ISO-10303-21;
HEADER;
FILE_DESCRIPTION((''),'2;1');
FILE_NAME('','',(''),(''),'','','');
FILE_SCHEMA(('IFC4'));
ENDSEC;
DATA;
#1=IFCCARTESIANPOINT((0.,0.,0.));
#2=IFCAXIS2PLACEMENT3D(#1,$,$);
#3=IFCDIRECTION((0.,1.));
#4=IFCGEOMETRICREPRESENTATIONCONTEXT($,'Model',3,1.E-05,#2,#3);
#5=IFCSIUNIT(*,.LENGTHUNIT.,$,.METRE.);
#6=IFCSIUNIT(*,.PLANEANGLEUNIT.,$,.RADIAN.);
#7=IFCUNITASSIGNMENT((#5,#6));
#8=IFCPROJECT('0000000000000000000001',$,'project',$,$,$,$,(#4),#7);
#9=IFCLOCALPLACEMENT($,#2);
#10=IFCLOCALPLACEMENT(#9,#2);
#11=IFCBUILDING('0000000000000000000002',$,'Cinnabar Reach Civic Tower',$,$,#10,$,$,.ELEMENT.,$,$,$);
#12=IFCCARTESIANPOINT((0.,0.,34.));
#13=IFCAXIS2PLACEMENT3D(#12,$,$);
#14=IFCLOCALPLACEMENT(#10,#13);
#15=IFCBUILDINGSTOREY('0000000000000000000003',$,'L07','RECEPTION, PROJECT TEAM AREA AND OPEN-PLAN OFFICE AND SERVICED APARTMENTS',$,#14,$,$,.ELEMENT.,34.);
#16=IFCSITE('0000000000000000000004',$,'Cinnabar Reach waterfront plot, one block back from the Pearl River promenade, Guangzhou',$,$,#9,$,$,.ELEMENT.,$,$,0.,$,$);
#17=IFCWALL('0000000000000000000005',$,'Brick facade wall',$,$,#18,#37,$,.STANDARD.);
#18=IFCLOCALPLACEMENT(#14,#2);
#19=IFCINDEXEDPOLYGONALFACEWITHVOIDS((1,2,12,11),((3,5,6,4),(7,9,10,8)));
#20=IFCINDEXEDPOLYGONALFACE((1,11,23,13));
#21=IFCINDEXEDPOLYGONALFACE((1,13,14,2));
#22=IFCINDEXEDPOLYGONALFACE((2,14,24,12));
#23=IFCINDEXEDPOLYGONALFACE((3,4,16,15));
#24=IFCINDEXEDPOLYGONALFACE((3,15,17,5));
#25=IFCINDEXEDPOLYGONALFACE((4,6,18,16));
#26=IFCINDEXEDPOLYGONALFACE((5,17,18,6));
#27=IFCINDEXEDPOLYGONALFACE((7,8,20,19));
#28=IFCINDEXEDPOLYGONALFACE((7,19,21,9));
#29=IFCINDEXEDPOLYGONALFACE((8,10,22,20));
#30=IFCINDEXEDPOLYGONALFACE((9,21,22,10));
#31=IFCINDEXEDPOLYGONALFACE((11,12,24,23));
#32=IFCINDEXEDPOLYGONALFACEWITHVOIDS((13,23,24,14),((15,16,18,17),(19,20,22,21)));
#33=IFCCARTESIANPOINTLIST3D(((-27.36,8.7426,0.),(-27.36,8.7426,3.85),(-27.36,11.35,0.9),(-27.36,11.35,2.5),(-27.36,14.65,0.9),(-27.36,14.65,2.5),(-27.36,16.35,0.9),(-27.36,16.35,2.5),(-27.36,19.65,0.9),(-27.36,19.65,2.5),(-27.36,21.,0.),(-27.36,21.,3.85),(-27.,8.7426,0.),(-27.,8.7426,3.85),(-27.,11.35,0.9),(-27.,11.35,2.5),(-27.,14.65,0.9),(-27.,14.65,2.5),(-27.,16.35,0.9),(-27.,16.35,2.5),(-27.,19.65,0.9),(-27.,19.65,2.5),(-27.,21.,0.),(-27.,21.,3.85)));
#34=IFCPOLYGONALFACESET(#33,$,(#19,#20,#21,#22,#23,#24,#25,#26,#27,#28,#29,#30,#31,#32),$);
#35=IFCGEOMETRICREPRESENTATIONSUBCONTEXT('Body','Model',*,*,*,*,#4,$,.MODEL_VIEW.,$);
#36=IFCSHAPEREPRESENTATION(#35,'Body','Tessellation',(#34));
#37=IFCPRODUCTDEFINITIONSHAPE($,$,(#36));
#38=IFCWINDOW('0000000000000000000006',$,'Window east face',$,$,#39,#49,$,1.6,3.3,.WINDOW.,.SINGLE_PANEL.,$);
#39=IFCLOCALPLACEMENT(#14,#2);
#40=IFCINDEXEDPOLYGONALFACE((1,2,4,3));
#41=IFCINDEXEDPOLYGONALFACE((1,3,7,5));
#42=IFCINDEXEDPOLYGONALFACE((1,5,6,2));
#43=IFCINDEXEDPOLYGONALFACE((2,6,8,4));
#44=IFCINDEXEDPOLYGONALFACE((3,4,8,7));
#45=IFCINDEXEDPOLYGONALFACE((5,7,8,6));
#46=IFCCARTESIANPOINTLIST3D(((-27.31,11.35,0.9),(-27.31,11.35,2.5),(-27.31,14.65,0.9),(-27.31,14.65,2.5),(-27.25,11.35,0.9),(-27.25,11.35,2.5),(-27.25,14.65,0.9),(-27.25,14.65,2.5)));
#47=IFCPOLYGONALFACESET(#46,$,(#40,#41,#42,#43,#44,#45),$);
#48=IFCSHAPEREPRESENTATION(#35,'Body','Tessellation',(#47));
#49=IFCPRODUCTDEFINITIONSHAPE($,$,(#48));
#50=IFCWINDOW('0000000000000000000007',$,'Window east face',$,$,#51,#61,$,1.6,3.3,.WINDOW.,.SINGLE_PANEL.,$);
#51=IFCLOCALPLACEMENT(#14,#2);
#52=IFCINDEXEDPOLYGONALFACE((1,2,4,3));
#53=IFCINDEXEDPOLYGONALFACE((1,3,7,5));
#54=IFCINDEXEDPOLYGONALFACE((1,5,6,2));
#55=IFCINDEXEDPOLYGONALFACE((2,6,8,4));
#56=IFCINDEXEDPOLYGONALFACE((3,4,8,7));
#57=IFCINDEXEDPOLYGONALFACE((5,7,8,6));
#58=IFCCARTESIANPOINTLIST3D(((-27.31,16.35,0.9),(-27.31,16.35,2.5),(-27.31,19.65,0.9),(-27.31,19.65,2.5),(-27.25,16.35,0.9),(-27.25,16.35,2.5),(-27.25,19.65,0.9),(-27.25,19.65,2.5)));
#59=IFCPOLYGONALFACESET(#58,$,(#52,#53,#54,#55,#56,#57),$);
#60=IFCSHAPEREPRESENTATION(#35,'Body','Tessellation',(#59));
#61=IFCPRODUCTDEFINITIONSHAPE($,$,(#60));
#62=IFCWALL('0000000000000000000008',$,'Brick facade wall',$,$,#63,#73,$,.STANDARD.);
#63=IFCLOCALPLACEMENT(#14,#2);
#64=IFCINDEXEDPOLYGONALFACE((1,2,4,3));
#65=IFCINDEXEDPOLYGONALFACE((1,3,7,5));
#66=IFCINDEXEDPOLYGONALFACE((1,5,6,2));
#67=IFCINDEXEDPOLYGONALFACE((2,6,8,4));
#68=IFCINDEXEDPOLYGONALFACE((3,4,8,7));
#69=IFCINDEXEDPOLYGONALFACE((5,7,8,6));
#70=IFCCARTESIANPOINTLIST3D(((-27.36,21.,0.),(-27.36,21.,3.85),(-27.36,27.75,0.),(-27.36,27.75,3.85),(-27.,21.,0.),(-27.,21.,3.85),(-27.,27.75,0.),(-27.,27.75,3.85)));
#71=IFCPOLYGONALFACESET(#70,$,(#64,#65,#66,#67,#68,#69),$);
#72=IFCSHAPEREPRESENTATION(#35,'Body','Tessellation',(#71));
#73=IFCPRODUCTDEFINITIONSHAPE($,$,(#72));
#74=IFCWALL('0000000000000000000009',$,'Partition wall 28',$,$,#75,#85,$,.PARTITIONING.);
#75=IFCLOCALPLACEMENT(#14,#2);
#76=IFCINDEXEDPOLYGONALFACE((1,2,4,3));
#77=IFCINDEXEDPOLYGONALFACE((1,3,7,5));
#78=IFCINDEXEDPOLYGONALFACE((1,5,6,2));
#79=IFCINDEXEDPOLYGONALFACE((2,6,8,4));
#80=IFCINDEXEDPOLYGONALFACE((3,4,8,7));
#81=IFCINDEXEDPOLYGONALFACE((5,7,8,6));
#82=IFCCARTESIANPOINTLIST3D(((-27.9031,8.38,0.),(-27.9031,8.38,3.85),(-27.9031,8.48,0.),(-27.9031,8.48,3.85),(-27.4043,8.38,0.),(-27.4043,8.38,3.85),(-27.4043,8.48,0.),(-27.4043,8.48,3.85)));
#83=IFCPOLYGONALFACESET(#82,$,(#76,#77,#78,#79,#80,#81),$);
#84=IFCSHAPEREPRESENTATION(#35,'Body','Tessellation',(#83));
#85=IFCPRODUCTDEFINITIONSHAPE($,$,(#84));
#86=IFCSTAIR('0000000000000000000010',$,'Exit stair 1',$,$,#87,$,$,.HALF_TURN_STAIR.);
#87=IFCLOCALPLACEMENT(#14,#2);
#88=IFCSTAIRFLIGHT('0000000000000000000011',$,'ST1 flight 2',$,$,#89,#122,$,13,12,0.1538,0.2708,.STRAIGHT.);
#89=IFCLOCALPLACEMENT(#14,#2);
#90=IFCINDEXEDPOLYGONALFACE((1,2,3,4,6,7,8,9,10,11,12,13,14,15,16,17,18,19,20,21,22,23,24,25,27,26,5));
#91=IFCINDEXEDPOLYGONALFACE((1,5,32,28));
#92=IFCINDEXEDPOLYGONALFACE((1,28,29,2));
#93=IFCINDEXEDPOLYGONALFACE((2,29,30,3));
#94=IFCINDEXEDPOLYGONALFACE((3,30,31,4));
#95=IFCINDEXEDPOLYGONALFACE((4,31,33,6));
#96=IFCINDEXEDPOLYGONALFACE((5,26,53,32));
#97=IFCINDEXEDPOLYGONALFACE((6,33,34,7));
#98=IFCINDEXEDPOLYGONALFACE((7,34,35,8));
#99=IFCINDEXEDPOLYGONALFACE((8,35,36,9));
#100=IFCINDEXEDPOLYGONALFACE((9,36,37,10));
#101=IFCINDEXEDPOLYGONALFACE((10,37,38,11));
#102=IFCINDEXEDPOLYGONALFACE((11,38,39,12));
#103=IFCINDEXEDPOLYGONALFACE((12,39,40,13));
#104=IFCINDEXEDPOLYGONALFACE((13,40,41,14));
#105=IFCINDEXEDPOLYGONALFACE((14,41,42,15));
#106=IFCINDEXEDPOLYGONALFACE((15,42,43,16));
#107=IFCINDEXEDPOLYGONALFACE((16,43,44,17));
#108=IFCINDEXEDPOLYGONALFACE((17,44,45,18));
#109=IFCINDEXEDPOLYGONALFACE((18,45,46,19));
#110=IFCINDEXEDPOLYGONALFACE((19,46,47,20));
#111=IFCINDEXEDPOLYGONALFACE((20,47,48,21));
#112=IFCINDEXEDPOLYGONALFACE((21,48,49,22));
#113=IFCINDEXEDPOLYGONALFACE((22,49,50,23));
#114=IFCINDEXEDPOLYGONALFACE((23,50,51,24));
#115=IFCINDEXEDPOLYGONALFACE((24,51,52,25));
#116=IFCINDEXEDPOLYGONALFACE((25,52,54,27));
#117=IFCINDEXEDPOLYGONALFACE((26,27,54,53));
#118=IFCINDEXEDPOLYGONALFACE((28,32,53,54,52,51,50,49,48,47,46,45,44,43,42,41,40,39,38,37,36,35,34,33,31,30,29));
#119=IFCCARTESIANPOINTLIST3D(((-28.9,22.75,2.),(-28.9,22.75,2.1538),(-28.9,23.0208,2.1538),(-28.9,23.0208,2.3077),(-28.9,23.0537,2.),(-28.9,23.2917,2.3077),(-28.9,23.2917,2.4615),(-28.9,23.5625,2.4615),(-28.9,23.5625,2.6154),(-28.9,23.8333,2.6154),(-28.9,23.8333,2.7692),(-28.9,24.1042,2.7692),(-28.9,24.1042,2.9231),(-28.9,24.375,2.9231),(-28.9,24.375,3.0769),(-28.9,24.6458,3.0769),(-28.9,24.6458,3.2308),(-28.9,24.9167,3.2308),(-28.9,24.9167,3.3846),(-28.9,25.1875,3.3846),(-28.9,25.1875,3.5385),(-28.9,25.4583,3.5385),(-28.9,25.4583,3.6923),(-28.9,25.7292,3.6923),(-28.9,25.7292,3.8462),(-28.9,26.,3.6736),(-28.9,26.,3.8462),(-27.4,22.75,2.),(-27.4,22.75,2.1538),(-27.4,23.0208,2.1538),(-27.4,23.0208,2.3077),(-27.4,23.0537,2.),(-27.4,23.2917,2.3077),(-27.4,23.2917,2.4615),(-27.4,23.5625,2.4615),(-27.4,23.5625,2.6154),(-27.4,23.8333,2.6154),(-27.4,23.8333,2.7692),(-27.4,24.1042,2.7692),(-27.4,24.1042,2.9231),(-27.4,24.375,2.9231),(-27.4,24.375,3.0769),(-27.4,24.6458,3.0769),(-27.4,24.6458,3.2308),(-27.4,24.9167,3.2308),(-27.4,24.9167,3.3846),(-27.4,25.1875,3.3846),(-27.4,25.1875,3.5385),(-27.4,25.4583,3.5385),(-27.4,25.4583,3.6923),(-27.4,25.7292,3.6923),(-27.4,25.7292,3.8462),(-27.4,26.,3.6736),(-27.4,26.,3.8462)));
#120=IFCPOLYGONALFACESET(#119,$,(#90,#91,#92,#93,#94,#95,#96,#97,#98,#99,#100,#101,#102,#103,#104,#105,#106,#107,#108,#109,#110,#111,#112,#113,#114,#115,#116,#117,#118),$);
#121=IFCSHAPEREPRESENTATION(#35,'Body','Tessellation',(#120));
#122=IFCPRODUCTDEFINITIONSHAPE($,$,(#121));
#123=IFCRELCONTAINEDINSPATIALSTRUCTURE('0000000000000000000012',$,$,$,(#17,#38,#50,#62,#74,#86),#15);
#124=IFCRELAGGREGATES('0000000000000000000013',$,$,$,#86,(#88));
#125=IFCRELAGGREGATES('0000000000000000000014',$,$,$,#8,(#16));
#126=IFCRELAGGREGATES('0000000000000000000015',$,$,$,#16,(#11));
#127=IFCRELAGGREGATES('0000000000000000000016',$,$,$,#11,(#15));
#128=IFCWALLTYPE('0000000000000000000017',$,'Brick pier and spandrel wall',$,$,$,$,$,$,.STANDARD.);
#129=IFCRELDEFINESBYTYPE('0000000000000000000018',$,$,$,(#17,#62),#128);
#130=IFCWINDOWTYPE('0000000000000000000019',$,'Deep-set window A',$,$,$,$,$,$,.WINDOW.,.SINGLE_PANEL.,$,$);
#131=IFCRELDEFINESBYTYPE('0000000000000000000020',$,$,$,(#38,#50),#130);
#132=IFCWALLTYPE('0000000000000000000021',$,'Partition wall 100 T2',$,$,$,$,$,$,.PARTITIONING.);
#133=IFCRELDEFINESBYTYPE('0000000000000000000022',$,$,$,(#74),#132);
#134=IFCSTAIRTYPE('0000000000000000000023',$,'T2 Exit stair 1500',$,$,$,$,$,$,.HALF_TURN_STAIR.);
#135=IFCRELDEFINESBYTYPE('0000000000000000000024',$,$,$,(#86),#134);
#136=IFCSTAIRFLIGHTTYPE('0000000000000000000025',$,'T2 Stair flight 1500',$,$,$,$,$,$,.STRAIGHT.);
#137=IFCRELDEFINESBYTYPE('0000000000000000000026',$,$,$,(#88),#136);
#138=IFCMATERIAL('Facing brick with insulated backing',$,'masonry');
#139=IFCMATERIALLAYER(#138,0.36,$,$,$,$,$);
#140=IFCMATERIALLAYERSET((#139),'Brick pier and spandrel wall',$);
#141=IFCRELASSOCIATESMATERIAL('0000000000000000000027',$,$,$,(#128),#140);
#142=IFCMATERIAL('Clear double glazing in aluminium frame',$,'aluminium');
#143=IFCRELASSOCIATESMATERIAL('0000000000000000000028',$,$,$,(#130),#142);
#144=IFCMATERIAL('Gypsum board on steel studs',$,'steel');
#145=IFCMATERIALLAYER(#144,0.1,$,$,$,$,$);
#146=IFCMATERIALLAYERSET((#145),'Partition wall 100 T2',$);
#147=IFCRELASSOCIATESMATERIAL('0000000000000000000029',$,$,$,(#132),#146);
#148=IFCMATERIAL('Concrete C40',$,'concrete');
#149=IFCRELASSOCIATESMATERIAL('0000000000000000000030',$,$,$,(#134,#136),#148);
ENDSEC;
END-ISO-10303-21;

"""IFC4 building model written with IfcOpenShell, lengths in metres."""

from ifc_helpers import new_model, si_unit, direction, frame, frame_2d, origin, place, context, subcontext, project, spatial, polyline, rectangle, outline, extrude, material, layer, layer_set, type_object, element, fill, aggregate, save


model = new_model("IFC4")

# Units and contexts
model_context = context("Model", 3, precision=1e-05, world=origin(), true_north=direction((0.0, 1.0)))
body_context = subcontext(model_context, "Body", "Model", "MODEL_VIEW")
ifc_project = project(units=[si_unit("LENGTHUNIT", "METRE"), si_unit("PLANEANGLEUNIT", "RADIAN")], contexts=[model_context])

# Site, building, storey
site_placement = place(None, origin())
site = spatial("IfcSite", under=ifc_project, at=site_placement, Name="Cinnabar Reach waterfront plot, one block back from the Pearl River promenade, Guangzhou", CompositionType="ELEMENT", RefElevation=0.0)
building_placement = place(site_placement, origin())
building = spatial("IfcBuilding", under=site, at=building_placement, Name="Cinnabar Reach Civic Tower", CompositionType="ELEMENT")
storey_placement = place(building_placement, frame((0.0, 0.0, 34.0)))
storey = spatial("IfcBuildingStorey", under=building, at=storey_placement, Name="L07", Description="RECEPTION, PROJECT TEAM AREA AND OPEN-PLAN OFFICE AND SERVICED APARTMENTS", CompositionType="ELEMENT", Elevation=34.0)

# Shared definitions
ifc_material_1 = material(Name="Concrete C40", Category="concrete")

# Shared definitions
ifc_material_2 = material(Name="Facing brick with insulated backing", Category="masonry")

# Wall, openings, windows
ifc_layer_1 = layer(ifc_material_2, 0.36)
ifc_layer_set_1 = layer_set([ifc_layer_1], Name="Brick pier and spandrel wall")
wall_type_1 = type_object("IfcWallType", Name="Brick pier and spandrel wall", PredefinedType="STANDARD", material=ifc_layer_set_1)
wall_1_placement = place(storey_placement, frame((-27.18, 8.7426, 0.0), z_axis=(0.0, 0.0, 1.0), x_axis=(0.0, 1.0, 0.0)))
wall_1 = element("IfcWall", 1, at=wall_1_placement, inside=storey, type_object=wall_type_1, Name="Brick facade wall", PredefinedType="STANDARD", context=body_context, shape_type="SweptSolid", body=[
    extrude(rectangle(XDim=12.2574, YDim=0.36, at=frame_2d((6.1287, 0.0))), origin(), (0.0, 0.0, 1.0), 3.85),
])
opening_1_placement = place(wall_1_placement, frame((2.6074, 0.0, 0.9)))
opening_1 = element("IfcOpeningElement", 2, at=opening_1_placement, cuts=wall_1, PredefinedType="OPENING", context=body_context, shape_type="SweptSolid", body=[
    extrude(rectangle(XDim=3.3, YDim=1.6, at=frame_2d((1.65, 0.8))), frame((0.0, 0.19, 0.0), z_axis=(0.0, -1.0, 0.0), x_axis=(1.0, 0.0, 0.0)), (0.0, 0.0, 1.0), 0.38),
])
opening_2_placement = place(wall_1_placement, frame((7.6074, 0.0, 0.9)))
opening_2 = element("IfcOpeningElement", 3, at=opening_2_placement, cuts=wall_1, PredefinedType="OPENING", context=body_context, shape_type="SweptSolid", body=[
    extrude(rectangle(XDim=3.3, YDim=1.6, at=frame_2d((1.65, 0.8))), frame((0.0, 0.19, 0.0), z_axis=(0.0, -1.0, 0.0), x_axis=(1.0, 0.0, 0.0)), (0.0, 0.0, 1.0), 0.38),
])
ifc_material_3 = material(Name="Clear double glazing in aluminium frame", Category="aluminium")
window_type = type_object("IfcWindowType", Name="Deep-set window A", PartitioningType="SINGLE_PANEL", PredefinedType="WINDOW", material=ifc_material_3)
window_1_placement = place(opening_1_placement, origin())
window_1 = element("IfcWindow", 4, at=window_1_placement, inside=storey, type_object=window_type, Name="Window east face", OverallHeight=1.6, OverallWidth=3.3, PartitioningType="SINGLE_PANEL", PredefinedType="WINDOW", context=body_context, shape_type="SweptSolid", body=[
    extrude(rectangle(XDim=3.3, YDim=1.6, at=frame_2d((1.65, 0.8))), frame((0.0, 0.13, 0.0), z_axis=(0.0, -1.0, 0.0), x_axis=(1.0, 0.0, 0.0)), (0.0, 0.0, 1.0), 0.06),
])
fill(opening_1, window_1)
window_2_placement = place(opening_2_placement, origin())
window_2 = element("IfcWindow", 5, at=window_2_placement, inside=storey, type_object=window_type, Name="Window east face", OverallHeight=1.6, OverallWidth=3.3, PartitioningType="SINGLE_PANEL", PredefinedType="WINDOW", context=body_context, shape_type="SweptSolid", body=[
    extrude(rectangle(XDim=3.3, YDim=1.6, at=frame_2d((1.65, 0.8))), frame((0.0, 0.13, 0.0), z_axis=(0.0, -1.0, 0.0), x_axis=(1.0, 0.0, 0.0)), (0.0, 0.0, 1.0), 0.06),
])
fill(opening_2, window_2)

# Walls
wall_2_placement = place(storey_placement, frame((-27.18, 21.0, 0.0), z_axis=(0.0, 0.0, 1.0), x_axis=(0.0, 1.0, 0.0)))
element("IfcWall", 6, at=wall_2_placement, inside=storey, type_object=wall_type_1, Name="Brick facade wall", PredefinedType="STANDARD", context=body_context, shape_type="SweptSolid", body=[
    extrude(rectangle(XDim=6.75, YDim=0.36, at=frame_2d((3.375, 0.0))), origin(), (0.0, 0.0, 1.0), 3.85),
])
ifc_material_4 = material(Name="Gypsum board on steel studs", Category="steel")
ifc_layer_2 = layer(ifc_material_4, 0.1)
ifc_layer_set_2 = layer_set([ifc_layer_2], Name="Partition wall 100 T2")
wall_type_2 = type_object("IfcWallType", Name="Partition wall 100 T2", PredefinedType="PARTITIONING", material=ifc_layer_set_2)
wall_3_placement = place(storey_placement, frame((-27.9031, 8.43, 0.0), z_axis=(0.0, 0.0, 1.0), x_axis=(1.0, 0.0, 0.0)))
element("IfcWall", 7, at=wall_3_placement, inside=storey, type_object=wall_type_2, Name="Partition wall 28", PredefinedType="PARTITIONING", context=body_context, shape_type="SweptSolid", body=[
    extrude(rectangle(XDim=0.4988, YDim=0.1, at=frame_2d((0.2494, 0.0))), origin(), (0.0, 0.0, 1.0), 3.85),
])

# Stair, stair flight
stair_type_1 = type_object("IfcStairType", Name="T2 Exit stair 1500", PredefinedType="HALF_TURN_STAIR", material=ifc_material_1)
stair_1_placement = place(storey_placement, origin())
stair_1 = element("IfcStair", 8, at=stair_1_placement, inside=storey, type_object=stair_type_1, Name="Exit stair 1", PredefinedType="HALF_TURN_STAIR")
stair_flight_type = type_object("IfcStairFlightType", Name="T2 Stair flight 1500", PredefinedType="STRAIGHT", material=ifc_material_1)
stair_flight_placement = place(storey_placement, frame((-28.15, 22.75, 2.0), z_axis=(0.0, 0.0, 1.0), x_axis=(0.0, 1.0, 0.0)))
stair_flight = element("IfcStairFlight", 9, at=stair_flight_placement, type_object=stair_flight_type, Name="ST1 flight 2", NumberOfRisers=13, NumberOfTreads=12, PredefinedType="STRAIGHT", RiserHeight=0.1538, TreadLength=0.2708, context=body_context, shape_type="SweptSolid", body=[
    extrude(outline(polyline([(0.0, 0.0), (0.0, 0.1538), (0.2708, 0.1538), (0.2708, 0.3077), (0.5417, 0.3077), (0.5417, 0.4615), (0.8125, 0.4615), (0.8125, 0.6154), (1.0833, 0.6154), (1.0833, 0.7692), (1.3542, 0.7692), (1.3542, 0.9231), (1.625, 0.9231), (1.625, 1.0769), (1.8958, 1.0769), (1.8958, 1.2308), (2.1667, 1.2308), (2.1667, 1.3846), (2.4375, 1.3846), (2.4375, 1.5385), (2.7083, 1.5385), (2.7083, 1.6923), (2.9792, 1.6923), (2.9792, 1.8462), (3.25, 1.8462), (3.25, 2.0), (3.25, 1.6736), (0.3037, 0.0), (0.0, 0.0)])), frame((0.0, 0.75, 0.0), z_axis=(0.0, -1.0, 0.0), x_axis=(1.0, 0.0, 0.0)), (0.0, 0.0, 1.0), 1.5),
])
aggregate(stair_1, [stair_flight])

save(model, "model.ifc")
